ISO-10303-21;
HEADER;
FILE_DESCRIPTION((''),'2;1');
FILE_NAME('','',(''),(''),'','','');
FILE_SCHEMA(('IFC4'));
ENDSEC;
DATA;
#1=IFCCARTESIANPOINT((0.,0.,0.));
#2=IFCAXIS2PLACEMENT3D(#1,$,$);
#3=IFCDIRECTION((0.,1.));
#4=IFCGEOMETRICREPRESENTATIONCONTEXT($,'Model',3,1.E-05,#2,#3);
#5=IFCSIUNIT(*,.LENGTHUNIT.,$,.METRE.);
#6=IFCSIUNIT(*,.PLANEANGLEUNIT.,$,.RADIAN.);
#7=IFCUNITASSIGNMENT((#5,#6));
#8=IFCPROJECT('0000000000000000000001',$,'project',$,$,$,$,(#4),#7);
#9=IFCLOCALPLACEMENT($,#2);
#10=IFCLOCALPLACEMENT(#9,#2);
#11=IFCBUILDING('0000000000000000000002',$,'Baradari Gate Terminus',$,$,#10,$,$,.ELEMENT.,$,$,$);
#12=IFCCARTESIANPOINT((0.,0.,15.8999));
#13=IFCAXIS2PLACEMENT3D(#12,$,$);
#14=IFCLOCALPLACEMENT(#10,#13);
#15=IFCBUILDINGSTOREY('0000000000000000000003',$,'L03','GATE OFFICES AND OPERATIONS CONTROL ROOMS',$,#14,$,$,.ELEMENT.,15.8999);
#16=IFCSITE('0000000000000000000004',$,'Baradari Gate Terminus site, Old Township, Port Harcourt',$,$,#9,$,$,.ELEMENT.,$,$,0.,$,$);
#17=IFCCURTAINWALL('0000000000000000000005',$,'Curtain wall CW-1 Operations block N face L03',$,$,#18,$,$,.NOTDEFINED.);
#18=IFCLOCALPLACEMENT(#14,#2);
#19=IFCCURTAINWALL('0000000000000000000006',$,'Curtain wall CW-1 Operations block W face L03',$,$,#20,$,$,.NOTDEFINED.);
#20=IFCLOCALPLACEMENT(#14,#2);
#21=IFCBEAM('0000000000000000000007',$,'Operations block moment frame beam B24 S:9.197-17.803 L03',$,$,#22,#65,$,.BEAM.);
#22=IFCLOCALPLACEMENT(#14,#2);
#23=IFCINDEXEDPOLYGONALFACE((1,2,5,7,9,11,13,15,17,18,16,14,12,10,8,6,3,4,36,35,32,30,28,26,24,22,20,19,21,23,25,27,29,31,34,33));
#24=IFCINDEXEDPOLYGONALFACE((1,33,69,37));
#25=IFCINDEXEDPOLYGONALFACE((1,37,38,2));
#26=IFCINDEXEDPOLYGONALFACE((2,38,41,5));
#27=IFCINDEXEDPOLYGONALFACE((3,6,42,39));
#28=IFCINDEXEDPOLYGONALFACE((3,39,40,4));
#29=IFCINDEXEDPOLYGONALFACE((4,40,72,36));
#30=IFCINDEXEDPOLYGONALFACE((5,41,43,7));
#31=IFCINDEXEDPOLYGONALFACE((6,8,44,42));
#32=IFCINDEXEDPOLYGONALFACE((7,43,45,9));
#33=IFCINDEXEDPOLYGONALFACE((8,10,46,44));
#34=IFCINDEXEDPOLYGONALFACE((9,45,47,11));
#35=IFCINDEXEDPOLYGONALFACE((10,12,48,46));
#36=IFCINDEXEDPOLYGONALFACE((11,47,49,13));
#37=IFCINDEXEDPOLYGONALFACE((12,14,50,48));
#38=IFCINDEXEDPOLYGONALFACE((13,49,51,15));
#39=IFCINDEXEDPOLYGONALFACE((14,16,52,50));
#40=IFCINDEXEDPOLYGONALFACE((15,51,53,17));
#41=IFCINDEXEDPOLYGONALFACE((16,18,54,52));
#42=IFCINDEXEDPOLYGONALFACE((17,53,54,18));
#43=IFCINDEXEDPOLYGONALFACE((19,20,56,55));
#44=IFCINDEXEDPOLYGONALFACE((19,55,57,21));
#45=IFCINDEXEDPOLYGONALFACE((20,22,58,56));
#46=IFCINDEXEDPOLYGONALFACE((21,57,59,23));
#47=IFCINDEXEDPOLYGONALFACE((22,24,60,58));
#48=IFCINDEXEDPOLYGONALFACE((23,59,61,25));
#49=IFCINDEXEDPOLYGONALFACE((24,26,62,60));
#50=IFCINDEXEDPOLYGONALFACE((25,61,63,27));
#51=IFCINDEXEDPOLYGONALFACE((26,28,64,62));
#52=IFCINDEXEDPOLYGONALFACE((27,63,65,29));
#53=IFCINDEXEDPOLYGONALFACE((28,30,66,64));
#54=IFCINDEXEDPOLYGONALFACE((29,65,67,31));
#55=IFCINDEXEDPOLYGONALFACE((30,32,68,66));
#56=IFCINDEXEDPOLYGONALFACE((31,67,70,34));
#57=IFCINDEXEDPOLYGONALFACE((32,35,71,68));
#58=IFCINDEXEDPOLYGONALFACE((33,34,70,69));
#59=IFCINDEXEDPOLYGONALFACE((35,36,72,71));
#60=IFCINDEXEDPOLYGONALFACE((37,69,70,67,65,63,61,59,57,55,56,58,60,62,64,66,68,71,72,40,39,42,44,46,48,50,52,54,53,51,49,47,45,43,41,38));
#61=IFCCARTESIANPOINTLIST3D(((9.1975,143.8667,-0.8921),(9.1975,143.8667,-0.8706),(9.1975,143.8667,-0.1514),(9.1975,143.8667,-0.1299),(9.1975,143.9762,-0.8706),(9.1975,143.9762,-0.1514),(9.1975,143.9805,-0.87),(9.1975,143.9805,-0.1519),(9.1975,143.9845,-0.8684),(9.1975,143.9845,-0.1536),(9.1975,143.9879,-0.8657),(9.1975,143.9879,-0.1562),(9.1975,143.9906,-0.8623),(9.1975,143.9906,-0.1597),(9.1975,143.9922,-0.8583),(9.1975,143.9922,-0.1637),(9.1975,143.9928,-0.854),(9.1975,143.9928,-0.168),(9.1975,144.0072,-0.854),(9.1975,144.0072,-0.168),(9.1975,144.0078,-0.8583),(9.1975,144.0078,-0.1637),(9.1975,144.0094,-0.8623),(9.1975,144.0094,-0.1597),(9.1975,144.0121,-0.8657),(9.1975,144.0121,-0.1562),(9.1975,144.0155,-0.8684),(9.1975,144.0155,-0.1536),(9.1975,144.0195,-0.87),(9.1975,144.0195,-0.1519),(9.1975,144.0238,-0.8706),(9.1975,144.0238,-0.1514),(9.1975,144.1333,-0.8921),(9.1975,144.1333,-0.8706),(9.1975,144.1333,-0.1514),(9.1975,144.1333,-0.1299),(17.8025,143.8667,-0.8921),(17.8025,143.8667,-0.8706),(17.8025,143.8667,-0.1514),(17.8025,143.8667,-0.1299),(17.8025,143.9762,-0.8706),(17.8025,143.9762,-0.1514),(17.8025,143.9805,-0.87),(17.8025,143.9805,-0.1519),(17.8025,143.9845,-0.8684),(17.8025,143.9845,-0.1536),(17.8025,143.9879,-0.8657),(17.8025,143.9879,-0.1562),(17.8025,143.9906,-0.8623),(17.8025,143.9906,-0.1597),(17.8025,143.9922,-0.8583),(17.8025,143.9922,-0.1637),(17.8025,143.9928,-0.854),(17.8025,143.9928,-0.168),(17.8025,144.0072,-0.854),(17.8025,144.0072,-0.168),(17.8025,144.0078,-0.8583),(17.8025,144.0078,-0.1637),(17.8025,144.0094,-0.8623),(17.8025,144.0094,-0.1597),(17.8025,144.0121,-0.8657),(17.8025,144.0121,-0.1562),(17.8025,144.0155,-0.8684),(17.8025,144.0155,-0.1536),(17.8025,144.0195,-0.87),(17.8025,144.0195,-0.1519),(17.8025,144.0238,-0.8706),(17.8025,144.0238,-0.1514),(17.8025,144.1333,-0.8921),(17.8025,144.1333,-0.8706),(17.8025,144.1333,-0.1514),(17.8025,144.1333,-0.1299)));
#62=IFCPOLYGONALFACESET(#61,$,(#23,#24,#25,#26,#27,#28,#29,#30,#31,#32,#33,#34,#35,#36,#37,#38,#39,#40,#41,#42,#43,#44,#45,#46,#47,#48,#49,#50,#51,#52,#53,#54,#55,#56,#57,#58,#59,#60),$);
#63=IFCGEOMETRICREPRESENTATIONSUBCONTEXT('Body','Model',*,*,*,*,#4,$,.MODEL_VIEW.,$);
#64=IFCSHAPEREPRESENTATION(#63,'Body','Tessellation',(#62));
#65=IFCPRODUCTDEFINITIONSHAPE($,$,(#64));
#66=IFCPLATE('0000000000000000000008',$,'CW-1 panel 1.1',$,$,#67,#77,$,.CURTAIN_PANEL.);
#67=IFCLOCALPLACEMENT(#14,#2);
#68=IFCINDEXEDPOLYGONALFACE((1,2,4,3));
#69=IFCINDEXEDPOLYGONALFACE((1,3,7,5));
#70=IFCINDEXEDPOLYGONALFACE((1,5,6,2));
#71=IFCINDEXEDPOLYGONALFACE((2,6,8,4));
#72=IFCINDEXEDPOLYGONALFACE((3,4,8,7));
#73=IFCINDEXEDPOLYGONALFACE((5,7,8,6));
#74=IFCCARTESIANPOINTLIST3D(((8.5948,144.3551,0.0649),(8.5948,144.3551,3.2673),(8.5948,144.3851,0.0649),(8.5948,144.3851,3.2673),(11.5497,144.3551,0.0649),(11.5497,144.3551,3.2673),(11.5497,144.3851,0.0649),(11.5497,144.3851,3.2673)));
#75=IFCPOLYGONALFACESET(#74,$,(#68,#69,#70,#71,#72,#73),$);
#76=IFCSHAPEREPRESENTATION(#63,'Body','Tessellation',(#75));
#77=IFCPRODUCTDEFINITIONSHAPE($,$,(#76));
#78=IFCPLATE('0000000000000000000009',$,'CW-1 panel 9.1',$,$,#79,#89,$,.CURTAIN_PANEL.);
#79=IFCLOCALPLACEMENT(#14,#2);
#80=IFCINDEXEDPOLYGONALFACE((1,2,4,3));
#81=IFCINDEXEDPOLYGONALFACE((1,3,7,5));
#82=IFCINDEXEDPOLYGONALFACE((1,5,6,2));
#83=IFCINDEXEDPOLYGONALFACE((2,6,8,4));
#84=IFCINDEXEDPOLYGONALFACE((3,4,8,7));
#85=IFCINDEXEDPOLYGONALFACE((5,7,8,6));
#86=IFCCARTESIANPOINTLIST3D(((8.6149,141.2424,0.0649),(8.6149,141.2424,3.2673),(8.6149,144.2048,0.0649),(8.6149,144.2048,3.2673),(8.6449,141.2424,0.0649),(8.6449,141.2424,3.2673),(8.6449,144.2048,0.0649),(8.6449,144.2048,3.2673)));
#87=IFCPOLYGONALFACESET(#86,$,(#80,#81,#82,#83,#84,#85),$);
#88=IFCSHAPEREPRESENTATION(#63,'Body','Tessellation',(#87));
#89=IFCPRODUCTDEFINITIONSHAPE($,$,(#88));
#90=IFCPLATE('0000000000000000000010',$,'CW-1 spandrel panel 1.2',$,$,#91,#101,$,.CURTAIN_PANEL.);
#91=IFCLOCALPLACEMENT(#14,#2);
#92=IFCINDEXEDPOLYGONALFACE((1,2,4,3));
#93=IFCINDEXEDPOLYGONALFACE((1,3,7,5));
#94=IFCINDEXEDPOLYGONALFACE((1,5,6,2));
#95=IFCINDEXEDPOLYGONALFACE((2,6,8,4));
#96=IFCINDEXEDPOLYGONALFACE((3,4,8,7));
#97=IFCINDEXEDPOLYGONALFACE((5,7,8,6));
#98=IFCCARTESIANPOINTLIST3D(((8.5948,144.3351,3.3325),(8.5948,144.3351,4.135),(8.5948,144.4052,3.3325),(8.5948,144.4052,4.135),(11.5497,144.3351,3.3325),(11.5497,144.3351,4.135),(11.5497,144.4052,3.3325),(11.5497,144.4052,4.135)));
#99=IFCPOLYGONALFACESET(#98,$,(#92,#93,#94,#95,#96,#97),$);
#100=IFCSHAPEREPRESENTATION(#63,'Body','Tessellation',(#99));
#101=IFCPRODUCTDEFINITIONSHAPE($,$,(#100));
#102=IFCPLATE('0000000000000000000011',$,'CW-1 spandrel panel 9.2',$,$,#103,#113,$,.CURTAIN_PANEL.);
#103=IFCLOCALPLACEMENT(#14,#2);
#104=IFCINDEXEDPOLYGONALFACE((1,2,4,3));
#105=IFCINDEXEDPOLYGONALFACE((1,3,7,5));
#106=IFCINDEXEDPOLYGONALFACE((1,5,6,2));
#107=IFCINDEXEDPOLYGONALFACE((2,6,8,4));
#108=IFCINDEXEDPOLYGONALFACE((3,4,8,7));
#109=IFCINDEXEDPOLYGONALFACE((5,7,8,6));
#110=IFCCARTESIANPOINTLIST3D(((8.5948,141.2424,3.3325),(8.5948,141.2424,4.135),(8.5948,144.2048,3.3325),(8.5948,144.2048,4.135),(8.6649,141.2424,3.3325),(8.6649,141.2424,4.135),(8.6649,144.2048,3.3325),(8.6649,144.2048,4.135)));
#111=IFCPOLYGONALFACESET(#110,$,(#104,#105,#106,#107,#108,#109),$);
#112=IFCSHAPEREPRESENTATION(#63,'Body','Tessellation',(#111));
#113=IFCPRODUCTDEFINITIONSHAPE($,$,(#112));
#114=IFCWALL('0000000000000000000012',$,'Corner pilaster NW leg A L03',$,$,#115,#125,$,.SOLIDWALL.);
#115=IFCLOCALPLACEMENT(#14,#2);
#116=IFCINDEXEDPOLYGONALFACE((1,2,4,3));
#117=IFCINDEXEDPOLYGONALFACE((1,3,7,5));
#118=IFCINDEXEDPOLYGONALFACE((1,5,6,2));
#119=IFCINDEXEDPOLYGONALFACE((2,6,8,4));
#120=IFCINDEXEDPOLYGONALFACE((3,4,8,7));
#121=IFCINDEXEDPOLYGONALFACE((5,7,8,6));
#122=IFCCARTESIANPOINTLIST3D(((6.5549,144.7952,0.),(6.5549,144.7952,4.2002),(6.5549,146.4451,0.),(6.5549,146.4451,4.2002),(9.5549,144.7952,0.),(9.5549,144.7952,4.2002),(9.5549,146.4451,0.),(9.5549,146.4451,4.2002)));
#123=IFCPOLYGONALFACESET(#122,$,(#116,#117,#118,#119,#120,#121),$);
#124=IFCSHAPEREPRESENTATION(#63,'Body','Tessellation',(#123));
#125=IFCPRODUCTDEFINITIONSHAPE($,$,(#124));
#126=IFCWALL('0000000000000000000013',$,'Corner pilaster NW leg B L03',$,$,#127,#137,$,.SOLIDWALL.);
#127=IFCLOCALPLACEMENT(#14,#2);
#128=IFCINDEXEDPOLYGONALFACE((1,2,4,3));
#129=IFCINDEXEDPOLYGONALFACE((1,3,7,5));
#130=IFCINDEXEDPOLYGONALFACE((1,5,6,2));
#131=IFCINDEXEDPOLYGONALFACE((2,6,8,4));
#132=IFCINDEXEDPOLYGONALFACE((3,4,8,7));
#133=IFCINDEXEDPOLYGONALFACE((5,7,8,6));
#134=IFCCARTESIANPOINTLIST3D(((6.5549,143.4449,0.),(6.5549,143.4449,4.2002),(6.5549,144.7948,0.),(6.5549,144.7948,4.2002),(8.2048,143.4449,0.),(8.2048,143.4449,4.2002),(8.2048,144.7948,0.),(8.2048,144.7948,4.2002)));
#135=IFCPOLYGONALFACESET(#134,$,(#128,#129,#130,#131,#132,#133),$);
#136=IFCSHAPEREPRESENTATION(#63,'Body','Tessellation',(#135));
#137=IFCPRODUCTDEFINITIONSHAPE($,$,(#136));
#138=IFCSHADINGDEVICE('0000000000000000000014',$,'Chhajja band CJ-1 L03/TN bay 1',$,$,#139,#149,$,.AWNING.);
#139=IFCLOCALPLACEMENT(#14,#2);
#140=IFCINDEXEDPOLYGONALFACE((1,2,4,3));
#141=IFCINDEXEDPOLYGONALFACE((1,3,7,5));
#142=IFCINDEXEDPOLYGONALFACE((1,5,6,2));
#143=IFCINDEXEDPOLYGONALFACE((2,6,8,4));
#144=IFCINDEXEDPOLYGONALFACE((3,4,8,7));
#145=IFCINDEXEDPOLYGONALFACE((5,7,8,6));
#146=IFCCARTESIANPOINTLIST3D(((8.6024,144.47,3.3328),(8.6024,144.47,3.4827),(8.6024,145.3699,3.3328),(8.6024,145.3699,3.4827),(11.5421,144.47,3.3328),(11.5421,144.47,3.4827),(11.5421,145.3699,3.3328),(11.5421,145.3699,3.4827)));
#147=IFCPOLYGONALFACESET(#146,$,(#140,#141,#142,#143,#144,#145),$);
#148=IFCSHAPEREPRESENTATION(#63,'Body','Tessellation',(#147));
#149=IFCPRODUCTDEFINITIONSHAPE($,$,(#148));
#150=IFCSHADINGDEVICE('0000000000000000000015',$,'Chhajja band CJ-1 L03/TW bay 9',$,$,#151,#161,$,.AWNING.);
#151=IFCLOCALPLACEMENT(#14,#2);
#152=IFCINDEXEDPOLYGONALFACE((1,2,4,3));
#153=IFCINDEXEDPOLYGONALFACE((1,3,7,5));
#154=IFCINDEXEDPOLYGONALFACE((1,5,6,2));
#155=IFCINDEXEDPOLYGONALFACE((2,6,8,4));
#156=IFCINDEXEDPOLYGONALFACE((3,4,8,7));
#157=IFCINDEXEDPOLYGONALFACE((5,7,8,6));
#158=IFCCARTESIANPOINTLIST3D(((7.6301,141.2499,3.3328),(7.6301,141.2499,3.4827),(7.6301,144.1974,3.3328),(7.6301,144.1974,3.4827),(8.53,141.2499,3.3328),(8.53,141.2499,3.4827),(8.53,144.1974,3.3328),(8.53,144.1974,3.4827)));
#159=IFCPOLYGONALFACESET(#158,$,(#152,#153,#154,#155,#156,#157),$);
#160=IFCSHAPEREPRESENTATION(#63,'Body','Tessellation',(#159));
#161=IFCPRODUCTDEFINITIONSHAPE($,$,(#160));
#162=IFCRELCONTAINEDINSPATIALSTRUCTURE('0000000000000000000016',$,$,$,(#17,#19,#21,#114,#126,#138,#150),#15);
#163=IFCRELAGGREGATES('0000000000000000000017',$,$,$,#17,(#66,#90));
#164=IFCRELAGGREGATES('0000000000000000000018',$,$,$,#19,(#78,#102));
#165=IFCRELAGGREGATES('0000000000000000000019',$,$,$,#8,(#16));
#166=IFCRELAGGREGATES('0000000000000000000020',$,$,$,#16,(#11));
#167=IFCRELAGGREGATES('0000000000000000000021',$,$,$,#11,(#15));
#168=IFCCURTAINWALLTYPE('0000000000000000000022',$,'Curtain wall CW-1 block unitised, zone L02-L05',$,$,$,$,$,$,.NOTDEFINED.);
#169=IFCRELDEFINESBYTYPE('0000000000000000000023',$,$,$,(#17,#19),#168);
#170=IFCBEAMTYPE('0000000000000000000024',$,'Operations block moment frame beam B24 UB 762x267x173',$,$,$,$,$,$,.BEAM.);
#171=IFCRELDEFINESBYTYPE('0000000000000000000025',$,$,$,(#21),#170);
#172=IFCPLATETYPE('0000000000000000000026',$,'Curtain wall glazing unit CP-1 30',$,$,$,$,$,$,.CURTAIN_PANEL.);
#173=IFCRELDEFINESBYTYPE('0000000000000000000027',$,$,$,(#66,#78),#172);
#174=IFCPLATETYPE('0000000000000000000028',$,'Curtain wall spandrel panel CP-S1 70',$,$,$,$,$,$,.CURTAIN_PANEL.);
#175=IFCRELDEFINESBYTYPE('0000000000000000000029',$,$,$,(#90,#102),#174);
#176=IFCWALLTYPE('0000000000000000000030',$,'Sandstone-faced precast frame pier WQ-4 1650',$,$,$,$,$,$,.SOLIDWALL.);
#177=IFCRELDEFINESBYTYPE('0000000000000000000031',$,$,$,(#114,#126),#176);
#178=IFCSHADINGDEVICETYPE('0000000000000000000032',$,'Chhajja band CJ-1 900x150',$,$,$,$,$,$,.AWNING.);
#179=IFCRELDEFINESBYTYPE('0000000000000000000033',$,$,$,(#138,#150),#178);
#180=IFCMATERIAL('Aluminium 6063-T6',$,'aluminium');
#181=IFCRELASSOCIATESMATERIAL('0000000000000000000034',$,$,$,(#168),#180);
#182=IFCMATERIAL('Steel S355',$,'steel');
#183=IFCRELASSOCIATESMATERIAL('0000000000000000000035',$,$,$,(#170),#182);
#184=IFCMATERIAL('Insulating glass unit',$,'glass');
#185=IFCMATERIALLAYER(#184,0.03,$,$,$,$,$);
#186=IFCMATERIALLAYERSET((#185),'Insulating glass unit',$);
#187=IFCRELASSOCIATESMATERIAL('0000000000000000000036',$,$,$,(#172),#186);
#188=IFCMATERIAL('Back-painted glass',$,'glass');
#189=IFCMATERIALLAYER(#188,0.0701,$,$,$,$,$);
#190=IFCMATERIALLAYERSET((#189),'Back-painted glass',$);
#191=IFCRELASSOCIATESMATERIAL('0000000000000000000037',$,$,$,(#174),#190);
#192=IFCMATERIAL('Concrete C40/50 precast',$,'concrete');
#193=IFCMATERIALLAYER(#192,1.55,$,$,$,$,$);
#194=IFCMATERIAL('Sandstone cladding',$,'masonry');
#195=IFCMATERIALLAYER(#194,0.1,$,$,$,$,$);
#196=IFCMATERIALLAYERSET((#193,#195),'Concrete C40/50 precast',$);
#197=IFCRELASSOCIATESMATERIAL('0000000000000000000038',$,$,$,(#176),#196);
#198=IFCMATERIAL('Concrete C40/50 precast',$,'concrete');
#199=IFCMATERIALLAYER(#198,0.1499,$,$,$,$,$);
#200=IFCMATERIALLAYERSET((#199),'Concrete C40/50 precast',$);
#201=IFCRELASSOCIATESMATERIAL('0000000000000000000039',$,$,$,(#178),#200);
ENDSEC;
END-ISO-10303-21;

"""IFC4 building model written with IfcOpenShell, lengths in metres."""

from ifc_helpers import new_model, si_unit, direction, frame, frame_2d, origin, origin_2d, place, context, subcontext, project, spatial, rectangle, i_section, extrude, material, layer, layer_set, material_profile, profile_set, type_object, element, aggregate, save


model = new_model("IFC4")

# Units and contexts
model_context = context("Model", 3, precision=1e-05, world=origin(), true_north=direction((0.0, 1.0)))
body_context = subcontext(model_context, "Body", "Model", "MODEL_VIEW")
ifc_project = project(units=[si_unit("LENGTHUNIT", "METRE"), si_unit("PLANEANGLEUNIT", "RADIAN")], contexts=[model_context])

# Site, building, storey
site_placement = place(None, origin())
site = spatial("IfcSite", under=ifc_project, at=site_placement, Name="Baradari Gate Terminus site, Old Township, Port Harcourt", CompositionType="ELEMENT", RefElevation=0.0)
building_placement = place(site_placement, origin())
building = spatial("IfcBuilding", under=site, at=building_placement, Name="Baradari Gate Terminus", CompositionType="ELEMENT")
storey_placement = place(building_placement, frame((0.0, 0.0, 15.8999)))
storey = spatial("IfcBuildingStorey", under=building, at=storey_placement, Name="L03", Description="GATE OFFICES AND OPERATIONS CONTROL ROOMS", CompositionType="ELEMENT", Elevation=15.8999)

# Curtain wall
ifc_material_1 = material(Name="Aluminium 6063-T6", Category="aluminium")
curtain_wall_type = type_object("IfcCurtainWallType", Name="Curtain wall CW-1 block unitised, zone L02-L05", PredefinedType="NOTDEFINED", material=ifc_material_1)
curtain_wall_1_placement = place(storey_placement, origin())
curtain_wall_1 = element("IfcCurtainWall", 1, at=curtain_wall_1_placement, inside=storey, type_object=curtain_wall_type, Name="Curtain wall CW-1 Operations block N face L03", PredefinedType="NOTDEFINED")

# Curtain wall
curtain_wall_2_placement = place(storey_placement, origin())
curtain_wall_2 = element("IfcCurtainWall", 2, at=curtain_wall_2_placement, inside=storey, type_object=curtain_wall_type, Name="Curtain wall CW-1 Operations block W face L03", PredefinedType="NOTDEFINED")

# Beam
ifc_material_2 = material(Name="Steel S355", Category="steel")
ifc_material_profile_1 = material_profile(ifc_material_2, i_section(OverallWidth=0.2666, OverallDepth=0.7622, WebThickness=0.0144, FlangeThickness=0.0215, FilletRadius=0.0166, at=origin_2d()), Name="UB 762x267x173")
ifc_profile_set_1 = profile_set([ifc_material_profile_1], Name="Steel S355")
beam_type = type_object("IfcBeamType", Name="Operations block moment frame beam B24 UB 762x267x173", PredefinedType="BEAM", material=ifc_profile_set_1)
beam_placement = place(storey_placement, frame((9.1975, 144.0, -0.511), z_axis=(1.0, 0.0, 0.0), x_axis=(0.0, 1.0, 0.0)))
element("IfcBeam", 3, at=beam_placement, inside=storey, type_object=beam_type, Name="Operations block moment frame beam B24 S:9.197-17.803 L03", PredefinedType="BEAM", context=body_context, shape_type="SweptSolid", body=[
    extrude(i_section(OverallWidth=0.2666, OverallDepth=0.7622, WebThickness=0.0144, FlangeThickness=0.0215, FilletRadius=0.0166, at=origin_2d()), origin(), (0.0, 0.0, 1.0), 8.605),
])

# Plates
ifc_material_3 = material(Name="Insulating glass unit", Category="glass")
ifc_layer_1 = layer(ifc_material_3, 0.03)
ifc_layer_set_1 = layer_set([ifc_layer_1], Name="Insulating glass unit")
plate_type_1 = type_object("IfcPlateType", Name="Curtain wall glazing unit CP-1 30", PredefinedType="CURTAIN_PANEL", material=ifc_layer_set_1)
plate_1_placement = place(storey_placement, frame((10.0723, 144.3701, 0.0649), z_axis=(0.0, 0.0, 1.0), x_axis=(1.0, 0.0, 0.0)))
plate_1 = element("IfcPlate", 4, at=plate_1_placement, type_object=plate_type_1, Name="CW-1 panel 1.1", PredefinedType="CURTAIN_PANEL", context=body_context, shape_type="SweptSolid", body=[
    extrude(rectangle(XDim=2.9548, YDim=0.03, at=origin_2d()), origin(), (0.0, 0.0, 1.0), 3.2024),
])
plate_2_placement = place(storey_placement, frame((8.6299, 142.7236, 0.0649), z_axis=(0.0, 0.0, 1.0), x_axis=(0.0, 1.0, 0.0)))
plate_2 = element("IfcPlate", 5, at=plate_2_placement, type_object=plate_type_1, Name="CW-1 panel 9.1", PredefinedType="CURTAIN_PANEL", context=body_context, shape_type="SweptSolid", body=[
    extrude(rectangle(XDim=2.9624, YDim=0.03, at=origin_2d()), origin(), (0.0, 0.0, 1.0), 3.2024),
])
ifc_material_4 = material(Name="Back-painted glass", Category="glass")
ifc_layer_2 = layer(ifc_material_4, 0.0701)
ifc_layer_set_2 = layer_set([ifc_layer_2], Name="Back-painted glass")
plate_type_2 = type_object("IfcPlateType", Name="Curtain wall spandrel panel CP-S1 70", PredefinedType="CURTAIN_PANEL", material=ifc_layer_set_2)
plate_3_placement = place(storey_placement, frame((10.0723, 144.3701, 3.3325), z_axis=(0.0, 0.0, 1.0), x_axis=(1.0, 0.0, 0.0)))
plate_3 = element("IfcPlate", 6, at=plate_3_placement, type_object=plate_type_2, Name="CW-1 spandrel panel 1.2", PredefinedType="CURTAIN_PANEL", context=body_context, shape_type="SweptSolid", body=[
    extrude(rectangle(XDim=2.9548, YDim=0.0701, at=origin_2d()), origin(), (0.0, 0.0, 1.0), 0.8025),
])
aggregate(curtain_wall_1, [plate_1, plate_3])
plate_4_placement = place(storey_placement, frame((8.6299, 142.7236, 3.3325), z_axis=(0.0, 0.0, 1.0), x_axis=(0.0, 1.0, 0.0)))
plate_4 = element("IfcPlate", 7, at=plate_4_placement, type_object=plate_type_2, Name="CW-1 spandrel panel 9.2", PredefinedType="CURTAIN_PANEL", context=body_context, shape_type="SweptSolid", body=[
    extrude(rectangle(XDim=2.9624, YDim=0.0701, at=origin_2d()), origin(), (0.0, 0.0, 1.0), 0.8025),
])
aggregate(curtain_wall_2, [plate_2, plate_4])

# Walls
ifc_material_5 = material(Name="Concrete C40/50 precast", Category="concrete")
ifc_layer_3 = layer(ifc_material_5, 1.55)
ifc_material_6 = material(Name="Sandstone cladding", Category="masonry")
ifc_layer_4 = layer(ifc_material_6, 0.1)
ifc_layer_set_3 = layer_set([ifc_layer_3, ifc_layer_4], Name="Concrete C40/50 precast")
wall_type = type_object("IfcWallType", Name="Sandstone-faced precast frame pier WQ-4 1650", PredefinedType="SOLIDWALL", material=ifc_layer_set_3)
wall_1_placement = place(storey_placement, frame((6.5549, 145.6201, 0.0), z_axis=(0.0, 0.0, 1.0), x_axis=(1.0, 0.0, 0.0)))
element("IfcWall", 8, at=wall_1_placement, inside=storey, type_object=wall_type, Name="Corner pilaster NW leg A L03", PredefinedType="SOLIDWALL", context=body_context, shape_type="SweptSolid", body=[
    extrude(rectangle(XDim=3.0, YDim=1.6499, at=frame_2d((1.5, 0.0))), origin(), (0.0, 0.0, 1.0), 4.2002),
])
wall_2_placement = place(storey_placement, frame((7.3799, 143.4451, 0.0), z_axis=(0.0, 0.0, 1.0), x_axis=(0.0, 1.0, 0.0)))
element("IfcWall", 9, at=wall_2_placement, inside=storey, type_object=wall_type, Name="Corner pilaster NW leg B L03", PredefinedType="SOLIDWALL", context=body_context, shape_type="SweptSolid", body=[
    extrude(rectangle(XDim=1.3499, YDim=1.6499, at=frame_2d((0.6748, 0.0))), origin(), (0.0, 0.0, 1.0), 4.2002),
])

# Shading devices
ifc_material_7 = material(Name="Concrete C40/50 precast", Category="concrete")
ifc_layer_5 = layer(ifc_material_7, 0.1499)
ifc_layer_set_4 = layer_set([ifc_layer_5], Name="Concrete C40/50 precast")
shading_device_type_1 = type_object("IfcShadingDeviceType", Name="Chhajja band CJ-1 900x150", PredefinedType="AWNING", material=ifc_layer_set_4)
shading_device_1_placement = place(storey_placement, frame((10.0723, 144.9199, 3.3328), z_axis=(0.0, 0.0, 1.0), x_axis=(1.0, 0.0, 0.0)))
element("IfcShadingDevice", 10, at=shading_device_1_placement, inside=storey, type_object=shading_device_type_1, Name="Chhajja band CJ-1 L03/TN bay 1", PredefinedType="AWNING", context=body_context, shape_type="SweptSolid", body=[
    extrude(rectangle(XDim=2.9397, YDim=0.8999, at=origin_2d()), origin(), (0.0, 0.0, 1.0), 0.1499),
])
shading_device_2_placement = place(storey_placement, frame((8.0801, 142.7236, 3.3328), z_axis=(0.0, 0.0, 1.0), x_axis=(0.0, 1.0, 0.0)))
element("IfcShadingDevice", 11, at=shading_device_2_placement, inside=storey, type_object=shading_device_type_1, Name="Chhajja band CJ-1 L03/TW bay 9", PredefinedType="AWNING", context=body_context, shape_type="SweptSolid", body=[
    extrude(rectangle(XDim=2.9475, YDim=0.8999, at=origin_2d()), origin(), (0.0, 0.0, 1.0), 0.1499),
])

save(model, "model.ifc")
